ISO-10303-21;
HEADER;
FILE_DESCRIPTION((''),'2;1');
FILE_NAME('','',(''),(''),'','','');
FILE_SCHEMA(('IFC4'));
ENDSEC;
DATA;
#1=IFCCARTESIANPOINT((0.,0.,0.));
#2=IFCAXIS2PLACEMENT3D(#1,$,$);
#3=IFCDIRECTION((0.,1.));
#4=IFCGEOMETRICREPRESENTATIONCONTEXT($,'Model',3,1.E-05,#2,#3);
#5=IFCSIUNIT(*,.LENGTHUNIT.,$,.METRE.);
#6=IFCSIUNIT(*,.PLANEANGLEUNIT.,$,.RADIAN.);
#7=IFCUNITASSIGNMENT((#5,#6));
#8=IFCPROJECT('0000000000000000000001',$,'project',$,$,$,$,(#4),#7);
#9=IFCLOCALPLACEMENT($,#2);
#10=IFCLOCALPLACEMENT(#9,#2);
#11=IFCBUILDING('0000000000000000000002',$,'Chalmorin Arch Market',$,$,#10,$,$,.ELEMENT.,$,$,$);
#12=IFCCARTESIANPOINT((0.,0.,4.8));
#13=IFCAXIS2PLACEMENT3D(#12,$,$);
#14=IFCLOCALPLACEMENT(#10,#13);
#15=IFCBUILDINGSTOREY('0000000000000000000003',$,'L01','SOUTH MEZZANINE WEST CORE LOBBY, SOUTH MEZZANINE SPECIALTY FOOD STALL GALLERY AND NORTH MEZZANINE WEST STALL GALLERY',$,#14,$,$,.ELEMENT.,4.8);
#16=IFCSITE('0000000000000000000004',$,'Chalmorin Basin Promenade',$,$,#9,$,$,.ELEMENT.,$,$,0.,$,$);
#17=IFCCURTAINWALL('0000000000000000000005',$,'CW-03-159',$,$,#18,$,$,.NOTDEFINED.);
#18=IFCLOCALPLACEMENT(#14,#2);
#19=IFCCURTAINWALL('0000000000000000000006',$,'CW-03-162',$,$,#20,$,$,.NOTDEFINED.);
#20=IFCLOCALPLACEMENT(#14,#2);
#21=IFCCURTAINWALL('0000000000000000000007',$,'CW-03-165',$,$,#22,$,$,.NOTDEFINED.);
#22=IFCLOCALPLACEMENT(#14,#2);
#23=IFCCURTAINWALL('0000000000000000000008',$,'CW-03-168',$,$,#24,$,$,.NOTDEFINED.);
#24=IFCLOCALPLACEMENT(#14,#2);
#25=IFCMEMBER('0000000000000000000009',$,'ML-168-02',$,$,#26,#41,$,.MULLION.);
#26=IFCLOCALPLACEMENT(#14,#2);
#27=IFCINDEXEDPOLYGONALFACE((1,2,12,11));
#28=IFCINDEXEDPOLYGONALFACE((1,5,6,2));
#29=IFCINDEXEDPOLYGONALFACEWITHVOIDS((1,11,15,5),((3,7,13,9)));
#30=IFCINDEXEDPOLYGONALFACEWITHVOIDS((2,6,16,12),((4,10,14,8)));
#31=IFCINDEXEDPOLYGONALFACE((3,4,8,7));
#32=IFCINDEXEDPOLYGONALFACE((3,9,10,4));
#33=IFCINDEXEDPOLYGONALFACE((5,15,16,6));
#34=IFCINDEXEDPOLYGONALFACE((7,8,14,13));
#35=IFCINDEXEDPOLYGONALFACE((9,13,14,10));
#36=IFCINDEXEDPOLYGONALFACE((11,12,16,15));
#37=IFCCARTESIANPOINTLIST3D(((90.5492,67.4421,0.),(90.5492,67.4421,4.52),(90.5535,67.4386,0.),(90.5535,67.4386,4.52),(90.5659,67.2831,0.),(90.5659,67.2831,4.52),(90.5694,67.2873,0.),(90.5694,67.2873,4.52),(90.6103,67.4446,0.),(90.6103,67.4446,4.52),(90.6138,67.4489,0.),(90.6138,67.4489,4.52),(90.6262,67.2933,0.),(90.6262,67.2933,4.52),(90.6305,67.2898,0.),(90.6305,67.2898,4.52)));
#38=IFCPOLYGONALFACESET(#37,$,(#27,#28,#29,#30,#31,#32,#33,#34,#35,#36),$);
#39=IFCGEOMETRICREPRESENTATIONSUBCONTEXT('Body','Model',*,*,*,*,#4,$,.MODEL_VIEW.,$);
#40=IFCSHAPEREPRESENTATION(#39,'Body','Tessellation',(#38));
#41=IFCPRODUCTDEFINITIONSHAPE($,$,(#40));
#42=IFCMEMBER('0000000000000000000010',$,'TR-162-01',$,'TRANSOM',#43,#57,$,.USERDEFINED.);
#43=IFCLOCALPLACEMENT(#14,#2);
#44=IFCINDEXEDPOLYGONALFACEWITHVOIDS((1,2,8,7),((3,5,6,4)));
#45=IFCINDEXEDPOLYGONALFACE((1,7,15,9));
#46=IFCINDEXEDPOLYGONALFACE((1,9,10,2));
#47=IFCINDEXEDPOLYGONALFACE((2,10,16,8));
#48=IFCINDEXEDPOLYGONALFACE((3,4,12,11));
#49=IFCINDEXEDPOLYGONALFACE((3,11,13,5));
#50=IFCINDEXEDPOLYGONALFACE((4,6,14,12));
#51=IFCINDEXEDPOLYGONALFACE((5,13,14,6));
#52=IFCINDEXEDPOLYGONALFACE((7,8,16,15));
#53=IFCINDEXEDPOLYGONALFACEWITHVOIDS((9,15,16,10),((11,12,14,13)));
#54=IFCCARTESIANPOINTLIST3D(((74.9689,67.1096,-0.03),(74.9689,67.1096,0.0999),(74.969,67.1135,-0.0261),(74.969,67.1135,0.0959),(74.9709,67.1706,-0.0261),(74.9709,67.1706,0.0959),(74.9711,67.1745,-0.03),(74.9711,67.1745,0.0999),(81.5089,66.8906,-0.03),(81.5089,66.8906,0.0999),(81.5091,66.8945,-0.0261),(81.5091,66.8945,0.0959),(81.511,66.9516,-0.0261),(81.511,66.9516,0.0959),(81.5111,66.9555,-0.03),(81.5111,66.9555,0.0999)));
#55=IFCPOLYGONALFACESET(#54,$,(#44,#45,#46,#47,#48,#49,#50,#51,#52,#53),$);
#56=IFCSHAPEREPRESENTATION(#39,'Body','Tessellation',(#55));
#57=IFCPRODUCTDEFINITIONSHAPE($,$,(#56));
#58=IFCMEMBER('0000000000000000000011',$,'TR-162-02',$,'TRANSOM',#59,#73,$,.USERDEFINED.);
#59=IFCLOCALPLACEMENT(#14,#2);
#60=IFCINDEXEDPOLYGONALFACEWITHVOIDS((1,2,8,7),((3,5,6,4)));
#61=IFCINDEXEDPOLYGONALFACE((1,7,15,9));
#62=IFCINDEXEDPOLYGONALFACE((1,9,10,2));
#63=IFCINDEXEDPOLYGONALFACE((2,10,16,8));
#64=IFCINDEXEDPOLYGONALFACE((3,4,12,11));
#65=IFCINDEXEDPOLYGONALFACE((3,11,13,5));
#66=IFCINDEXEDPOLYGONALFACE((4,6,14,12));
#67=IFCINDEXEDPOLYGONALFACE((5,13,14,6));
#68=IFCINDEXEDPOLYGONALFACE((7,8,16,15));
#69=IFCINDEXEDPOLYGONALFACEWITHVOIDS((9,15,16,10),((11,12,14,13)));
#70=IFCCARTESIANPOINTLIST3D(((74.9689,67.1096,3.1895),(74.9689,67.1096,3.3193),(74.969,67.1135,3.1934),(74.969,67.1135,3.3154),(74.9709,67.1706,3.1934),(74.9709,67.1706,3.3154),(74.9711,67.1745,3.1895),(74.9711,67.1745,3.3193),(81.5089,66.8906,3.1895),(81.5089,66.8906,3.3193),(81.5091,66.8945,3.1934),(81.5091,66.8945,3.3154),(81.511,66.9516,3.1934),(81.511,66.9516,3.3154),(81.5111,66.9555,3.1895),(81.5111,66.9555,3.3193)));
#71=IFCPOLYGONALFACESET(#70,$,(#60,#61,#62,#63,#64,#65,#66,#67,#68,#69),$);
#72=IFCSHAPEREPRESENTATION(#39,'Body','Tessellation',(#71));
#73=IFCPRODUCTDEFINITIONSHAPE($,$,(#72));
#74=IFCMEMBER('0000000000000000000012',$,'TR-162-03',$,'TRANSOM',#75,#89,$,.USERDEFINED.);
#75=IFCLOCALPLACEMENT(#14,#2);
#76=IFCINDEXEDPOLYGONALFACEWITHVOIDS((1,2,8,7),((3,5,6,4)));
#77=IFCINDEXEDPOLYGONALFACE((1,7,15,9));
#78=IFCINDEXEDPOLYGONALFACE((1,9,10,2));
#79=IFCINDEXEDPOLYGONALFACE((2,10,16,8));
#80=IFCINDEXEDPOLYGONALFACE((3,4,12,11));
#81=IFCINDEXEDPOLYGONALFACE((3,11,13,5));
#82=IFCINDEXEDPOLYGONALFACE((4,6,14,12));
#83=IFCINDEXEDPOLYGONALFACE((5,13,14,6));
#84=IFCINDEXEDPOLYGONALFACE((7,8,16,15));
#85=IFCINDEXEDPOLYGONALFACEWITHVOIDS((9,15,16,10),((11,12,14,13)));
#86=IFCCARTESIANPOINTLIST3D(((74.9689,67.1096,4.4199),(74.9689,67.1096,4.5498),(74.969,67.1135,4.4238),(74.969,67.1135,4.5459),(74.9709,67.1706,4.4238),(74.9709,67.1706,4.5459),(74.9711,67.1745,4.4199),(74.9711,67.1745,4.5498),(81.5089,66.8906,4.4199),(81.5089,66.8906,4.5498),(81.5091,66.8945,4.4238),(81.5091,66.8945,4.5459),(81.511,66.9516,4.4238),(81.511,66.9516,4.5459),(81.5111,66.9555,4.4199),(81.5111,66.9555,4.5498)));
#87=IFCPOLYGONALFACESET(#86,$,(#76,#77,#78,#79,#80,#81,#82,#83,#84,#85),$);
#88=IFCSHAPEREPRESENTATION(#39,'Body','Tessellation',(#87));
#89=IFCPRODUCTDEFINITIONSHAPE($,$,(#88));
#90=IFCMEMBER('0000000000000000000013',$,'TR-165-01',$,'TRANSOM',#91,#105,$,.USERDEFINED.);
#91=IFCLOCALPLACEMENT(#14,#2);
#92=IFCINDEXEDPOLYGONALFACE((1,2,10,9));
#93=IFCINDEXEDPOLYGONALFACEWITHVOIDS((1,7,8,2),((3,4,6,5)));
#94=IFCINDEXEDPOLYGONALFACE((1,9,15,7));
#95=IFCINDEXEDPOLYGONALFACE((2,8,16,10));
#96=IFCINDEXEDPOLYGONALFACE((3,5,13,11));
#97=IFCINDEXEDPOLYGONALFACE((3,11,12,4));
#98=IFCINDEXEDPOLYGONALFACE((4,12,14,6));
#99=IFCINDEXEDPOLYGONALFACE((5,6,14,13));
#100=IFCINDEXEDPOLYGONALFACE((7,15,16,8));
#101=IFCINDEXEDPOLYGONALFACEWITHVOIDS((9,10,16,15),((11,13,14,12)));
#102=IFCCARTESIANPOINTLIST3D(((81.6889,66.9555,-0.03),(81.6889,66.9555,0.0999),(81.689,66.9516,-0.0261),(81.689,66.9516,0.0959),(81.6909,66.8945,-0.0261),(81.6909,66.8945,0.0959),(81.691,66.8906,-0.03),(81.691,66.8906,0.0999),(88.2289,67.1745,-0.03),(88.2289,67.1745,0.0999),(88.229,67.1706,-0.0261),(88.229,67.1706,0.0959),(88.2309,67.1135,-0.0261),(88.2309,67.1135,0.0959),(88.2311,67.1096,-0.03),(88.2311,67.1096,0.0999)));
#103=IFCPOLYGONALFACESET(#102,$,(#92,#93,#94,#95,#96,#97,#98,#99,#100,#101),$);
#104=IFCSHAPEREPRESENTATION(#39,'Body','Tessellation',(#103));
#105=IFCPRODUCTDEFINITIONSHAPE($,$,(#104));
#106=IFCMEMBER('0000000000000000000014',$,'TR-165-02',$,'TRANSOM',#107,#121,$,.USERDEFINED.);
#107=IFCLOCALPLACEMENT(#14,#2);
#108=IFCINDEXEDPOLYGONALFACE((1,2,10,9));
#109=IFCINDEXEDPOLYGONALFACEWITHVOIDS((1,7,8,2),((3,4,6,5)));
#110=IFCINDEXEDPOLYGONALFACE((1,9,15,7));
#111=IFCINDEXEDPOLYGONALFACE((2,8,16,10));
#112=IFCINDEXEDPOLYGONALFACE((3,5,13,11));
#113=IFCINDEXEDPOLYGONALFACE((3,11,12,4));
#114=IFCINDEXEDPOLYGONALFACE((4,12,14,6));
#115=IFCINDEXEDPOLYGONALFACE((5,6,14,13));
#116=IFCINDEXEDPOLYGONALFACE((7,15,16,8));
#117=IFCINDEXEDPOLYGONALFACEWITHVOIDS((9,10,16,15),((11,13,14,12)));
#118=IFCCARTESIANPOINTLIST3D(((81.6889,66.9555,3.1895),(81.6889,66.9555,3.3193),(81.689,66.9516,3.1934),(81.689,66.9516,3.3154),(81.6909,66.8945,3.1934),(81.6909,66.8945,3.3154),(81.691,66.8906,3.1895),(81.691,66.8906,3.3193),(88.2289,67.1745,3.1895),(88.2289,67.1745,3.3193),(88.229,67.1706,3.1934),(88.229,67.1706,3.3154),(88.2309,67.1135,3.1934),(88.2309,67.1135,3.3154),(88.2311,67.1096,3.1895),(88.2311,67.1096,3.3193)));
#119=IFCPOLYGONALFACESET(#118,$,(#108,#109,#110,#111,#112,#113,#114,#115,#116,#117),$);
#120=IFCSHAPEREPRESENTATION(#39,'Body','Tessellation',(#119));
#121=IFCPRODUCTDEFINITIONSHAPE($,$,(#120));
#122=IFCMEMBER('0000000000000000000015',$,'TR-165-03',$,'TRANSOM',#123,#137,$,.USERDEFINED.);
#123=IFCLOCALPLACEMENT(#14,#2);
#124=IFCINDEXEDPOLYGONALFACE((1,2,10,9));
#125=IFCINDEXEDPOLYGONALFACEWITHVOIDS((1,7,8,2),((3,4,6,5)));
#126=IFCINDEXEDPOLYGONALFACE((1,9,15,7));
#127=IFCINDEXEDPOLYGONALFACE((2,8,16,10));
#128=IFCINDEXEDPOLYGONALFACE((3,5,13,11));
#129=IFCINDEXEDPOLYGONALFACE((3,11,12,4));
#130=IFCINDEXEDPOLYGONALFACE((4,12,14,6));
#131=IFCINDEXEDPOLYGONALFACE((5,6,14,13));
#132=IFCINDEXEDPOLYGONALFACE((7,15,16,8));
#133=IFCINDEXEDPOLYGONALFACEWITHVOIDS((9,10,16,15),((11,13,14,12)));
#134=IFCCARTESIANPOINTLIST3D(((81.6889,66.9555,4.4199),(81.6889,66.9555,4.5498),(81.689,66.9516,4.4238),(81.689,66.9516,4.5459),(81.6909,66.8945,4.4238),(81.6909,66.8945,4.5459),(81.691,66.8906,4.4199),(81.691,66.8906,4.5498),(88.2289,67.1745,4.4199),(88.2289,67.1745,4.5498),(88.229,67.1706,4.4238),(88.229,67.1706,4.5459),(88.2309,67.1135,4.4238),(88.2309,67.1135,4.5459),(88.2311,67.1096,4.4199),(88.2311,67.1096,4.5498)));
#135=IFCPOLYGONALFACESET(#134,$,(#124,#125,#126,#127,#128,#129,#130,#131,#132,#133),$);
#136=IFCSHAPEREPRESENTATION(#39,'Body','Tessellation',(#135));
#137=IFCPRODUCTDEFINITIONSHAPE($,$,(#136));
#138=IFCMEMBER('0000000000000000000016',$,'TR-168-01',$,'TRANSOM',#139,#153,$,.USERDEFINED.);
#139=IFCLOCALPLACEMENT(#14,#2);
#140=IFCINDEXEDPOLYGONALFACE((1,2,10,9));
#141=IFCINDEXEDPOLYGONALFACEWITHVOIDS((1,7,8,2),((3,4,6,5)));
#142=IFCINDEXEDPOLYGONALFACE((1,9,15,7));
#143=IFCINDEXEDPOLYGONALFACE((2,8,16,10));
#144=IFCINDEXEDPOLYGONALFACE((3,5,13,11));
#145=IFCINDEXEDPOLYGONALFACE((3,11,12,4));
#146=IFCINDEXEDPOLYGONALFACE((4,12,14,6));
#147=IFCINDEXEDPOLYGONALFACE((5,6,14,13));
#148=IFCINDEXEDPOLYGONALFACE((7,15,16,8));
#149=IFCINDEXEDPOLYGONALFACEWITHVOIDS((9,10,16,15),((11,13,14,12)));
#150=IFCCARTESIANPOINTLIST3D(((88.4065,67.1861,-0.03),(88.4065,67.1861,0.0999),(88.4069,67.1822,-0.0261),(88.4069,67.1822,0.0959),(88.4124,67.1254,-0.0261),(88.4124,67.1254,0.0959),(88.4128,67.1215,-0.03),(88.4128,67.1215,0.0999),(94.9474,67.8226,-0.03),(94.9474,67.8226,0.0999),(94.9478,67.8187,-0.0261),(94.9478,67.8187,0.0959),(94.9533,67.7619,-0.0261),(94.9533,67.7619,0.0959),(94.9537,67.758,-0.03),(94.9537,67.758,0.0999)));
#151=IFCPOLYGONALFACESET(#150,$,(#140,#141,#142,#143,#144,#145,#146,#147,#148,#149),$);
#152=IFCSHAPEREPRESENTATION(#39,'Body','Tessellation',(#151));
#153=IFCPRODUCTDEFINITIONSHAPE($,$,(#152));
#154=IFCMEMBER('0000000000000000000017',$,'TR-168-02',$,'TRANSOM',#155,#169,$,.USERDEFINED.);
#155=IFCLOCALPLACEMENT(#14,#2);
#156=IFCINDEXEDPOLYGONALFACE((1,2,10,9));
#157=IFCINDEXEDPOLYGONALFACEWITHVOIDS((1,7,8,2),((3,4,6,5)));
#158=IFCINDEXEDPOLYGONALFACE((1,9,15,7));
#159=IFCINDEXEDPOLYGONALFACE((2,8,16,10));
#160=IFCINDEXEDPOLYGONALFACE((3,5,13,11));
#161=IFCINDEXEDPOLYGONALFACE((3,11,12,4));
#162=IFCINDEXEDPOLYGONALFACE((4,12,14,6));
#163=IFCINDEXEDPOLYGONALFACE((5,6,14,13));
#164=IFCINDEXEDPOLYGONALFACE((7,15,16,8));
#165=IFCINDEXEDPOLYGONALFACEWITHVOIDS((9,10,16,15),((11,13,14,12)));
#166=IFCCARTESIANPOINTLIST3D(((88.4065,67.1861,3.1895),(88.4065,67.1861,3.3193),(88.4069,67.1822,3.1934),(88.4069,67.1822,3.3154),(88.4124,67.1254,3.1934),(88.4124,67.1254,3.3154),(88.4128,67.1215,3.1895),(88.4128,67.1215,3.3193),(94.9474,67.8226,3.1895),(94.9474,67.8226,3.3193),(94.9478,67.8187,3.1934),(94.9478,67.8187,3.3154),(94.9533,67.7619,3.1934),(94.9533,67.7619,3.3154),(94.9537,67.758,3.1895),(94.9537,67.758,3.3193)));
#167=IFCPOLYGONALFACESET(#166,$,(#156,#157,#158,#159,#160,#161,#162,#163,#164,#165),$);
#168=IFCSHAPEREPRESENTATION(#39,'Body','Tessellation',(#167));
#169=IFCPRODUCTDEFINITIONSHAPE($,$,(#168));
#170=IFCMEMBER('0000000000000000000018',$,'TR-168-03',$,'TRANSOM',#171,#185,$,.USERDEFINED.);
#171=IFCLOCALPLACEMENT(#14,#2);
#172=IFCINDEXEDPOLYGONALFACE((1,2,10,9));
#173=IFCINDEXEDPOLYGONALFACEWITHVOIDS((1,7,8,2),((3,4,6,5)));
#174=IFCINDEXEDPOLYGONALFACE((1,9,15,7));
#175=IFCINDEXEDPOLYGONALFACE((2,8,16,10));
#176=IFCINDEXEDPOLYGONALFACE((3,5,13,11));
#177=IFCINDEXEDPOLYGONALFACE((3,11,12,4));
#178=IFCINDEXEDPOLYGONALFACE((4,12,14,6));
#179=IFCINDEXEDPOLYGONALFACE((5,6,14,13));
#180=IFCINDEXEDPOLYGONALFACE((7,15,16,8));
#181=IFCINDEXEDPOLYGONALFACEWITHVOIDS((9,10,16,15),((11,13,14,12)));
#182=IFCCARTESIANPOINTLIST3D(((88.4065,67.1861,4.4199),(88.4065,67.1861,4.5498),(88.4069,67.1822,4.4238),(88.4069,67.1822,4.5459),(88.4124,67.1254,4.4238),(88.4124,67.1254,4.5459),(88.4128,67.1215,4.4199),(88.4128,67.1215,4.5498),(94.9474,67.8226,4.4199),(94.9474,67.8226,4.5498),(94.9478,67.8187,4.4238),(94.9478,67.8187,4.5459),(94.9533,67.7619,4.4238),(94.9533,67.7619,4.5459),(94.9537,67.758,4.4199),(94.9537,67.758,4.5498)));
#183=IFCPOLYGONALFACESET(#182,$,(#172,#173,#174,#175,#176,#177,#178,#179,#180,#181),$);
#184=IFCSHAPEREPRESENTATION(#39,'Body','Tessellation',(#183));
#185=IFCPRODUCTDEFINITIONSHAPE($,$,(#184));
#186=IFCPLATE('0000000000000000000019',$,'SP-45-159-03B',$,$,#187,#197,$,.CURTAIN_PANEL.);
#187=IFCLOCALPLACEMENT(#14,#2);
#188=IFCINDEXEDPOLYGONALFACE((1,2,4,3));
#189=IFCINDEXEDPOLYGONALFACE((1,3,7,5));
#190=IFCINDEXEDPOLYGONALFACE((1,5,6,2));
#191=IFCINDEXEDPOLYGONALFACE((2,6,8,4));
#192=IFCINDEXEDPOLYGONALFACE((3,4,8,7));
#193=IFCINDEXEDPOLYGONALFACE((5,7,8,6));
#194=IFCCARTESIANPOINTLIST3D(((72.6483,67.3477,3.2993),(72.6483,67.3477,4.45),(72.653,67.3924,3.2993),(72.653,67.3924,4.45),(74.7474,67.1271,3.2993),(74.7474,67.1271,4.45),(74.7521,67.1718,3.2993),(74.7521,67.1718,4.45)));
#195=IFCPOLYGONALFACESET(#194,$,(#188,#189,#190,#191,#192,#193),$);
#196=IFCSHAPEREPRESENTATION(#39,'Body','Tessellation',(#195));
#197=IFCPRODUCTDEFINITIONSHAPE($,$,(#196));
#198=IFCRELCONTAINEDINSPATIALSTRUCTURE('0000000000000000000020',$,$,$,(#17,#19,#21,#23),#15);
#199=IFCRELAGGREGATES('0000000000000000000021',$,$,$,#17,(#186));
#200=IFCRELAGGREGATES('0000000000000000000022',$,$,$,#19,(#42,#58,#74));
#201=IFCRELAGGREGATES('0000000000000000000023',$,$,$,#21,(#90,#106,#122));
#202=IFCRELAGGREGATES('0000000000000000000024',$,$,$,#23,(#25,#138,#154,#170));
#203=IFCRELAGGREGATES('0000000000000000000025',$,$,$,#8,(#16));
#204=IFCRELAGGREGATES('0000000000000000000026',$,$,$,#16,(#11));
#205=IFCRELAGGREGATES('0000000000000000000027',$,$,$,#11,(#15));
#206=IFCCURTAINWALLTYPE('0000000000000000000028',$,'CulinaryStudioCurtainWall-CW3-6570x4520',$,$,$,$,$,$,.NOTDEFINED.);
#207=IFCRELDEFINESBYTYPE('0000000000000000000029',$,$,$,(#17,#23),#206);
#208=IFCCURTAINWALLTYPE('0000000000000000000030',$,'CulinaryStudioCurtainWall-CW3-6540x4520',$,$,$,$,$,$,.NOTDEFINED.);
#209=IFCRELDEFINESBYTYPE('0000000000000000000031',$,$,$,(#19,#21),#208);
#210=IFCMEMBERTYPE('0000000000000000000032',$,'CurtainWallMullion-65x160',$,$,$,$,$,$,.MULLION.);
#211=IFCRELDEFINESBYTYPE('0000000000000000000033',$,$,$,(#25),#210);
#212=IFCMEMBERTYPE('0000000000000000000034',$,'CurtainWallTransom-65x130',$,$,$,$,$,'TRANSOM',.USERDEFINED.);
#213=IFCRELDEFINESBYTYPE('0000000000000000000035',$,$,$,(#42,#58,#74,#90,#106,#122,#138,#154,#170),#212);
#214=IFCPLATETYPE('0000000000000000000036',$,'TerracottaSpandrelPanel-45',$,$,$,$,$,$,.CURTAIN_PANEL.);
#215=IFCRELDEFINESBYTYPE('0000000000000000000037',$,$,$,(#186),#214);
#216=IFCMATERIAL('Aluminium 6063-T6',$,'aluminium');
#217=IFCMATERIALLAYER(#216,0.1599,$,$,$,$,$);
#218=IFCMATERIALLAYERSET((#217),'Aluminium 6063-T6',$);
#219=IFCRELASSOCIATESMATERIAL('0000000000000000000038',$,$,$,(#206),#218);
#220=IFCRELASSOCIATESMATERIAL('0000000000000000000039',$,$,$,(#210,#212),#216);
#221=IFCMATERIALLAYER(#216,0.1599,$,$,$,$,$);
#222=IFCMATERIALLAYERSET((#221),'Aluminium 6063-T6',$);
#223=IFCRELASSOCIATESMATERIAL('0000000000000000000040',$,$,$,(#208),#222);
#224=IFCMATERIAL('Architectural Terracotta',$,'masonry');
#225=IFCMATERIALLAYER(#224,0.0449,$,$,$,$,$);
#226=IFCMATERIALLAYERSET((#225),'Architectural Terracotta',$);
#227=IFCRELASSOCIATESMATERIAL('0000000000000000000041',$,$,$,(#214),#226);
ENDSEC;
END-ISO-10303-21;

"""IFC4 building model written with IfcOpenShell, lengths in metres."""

from ifc_helpers import new_model, si_unit, direction, frame, origin, origin_2d, place, context, subcontext, project, spatial, rectangle, hollow_rectangle, extrude, material, layer, layer_set, material_profile, profile_set, type_object, element, aggregate, save


model = new_model("IFC4")

# Units and contexts
model_context = context("Model", 3, precision=1e-05, world=origin(), true_north=direction((0.0, 1.0)))
body_context = subcontext(model_context, "Body", "Model", "MODEL_VIEW")
ifc_project = project(units=[si_unit("LENGTHUNIT", "METRE"), si_unit("PLANEANGLEUNIT", "RADIAN")], contexts=[model_context])

# Site, building, storey
site_placement = place(None, origin())
site = spatial("IfcSite", under=ifc_project, at=site_placement, Name="Chalmorin Basin Promenade", CompositionType="ELEMENT", RefElevation=0.0)
building_placement = place(site_placement, origin())
building = spatial("IfcBuilding", under=site, at=building_placement, Name="Chalmorin Arch Market", CompositionType="ELEMENT")
storey_placement = place(building_placement, frame((0.0, 0.0, 4.8)))
storey = spatial("IfcBuildingStorey", under=building, at=storey_placement, Name="L01", Description="SOUTH MEZZANINE WEST CORE LOBBY, SOUTH MEZZANINE SPECIALTY FOOD STALL GALLERY AND NORTH MEZZANINE WEST STALL GALLERY", CompositionType="ELEMENT", Elevation=4.8)

# Curtain walls, member
ifc_material_1 = material(Name="Aluminium 6063-T6", Category="aluminium")
ifc_layer_1 = layer(ifc_material_1, 0.1599)
ifc_layer_set_1 = layer_set([ifc_layer_1], Name="Aluminium 6063-T6")
curtain_wall_type_1 = type_object("IfcCurtainWallType", Name="CulinaryStudioCurtainWall-CW3-6570x4520", PredefinedType="NOTDEFINED", material=ifc_layer_set_1)
curtain_wall_1_placement = place(storey_placement, origin())
curtain_wall_1 = element("IfcCurtainWall", 1, at=curtain_wall_1_placement, inside=storey, type_object=curtain_wall_type_1, Name="CW-03-159", PredefinedType="NOTDEFINED")
ifc_material_profile_1 = material_profile(ifc_material_1, hollow_rectangle(XDim=0.0649, YDim=0.1599, WallThickness=0.0039, at=origin_2d()), Name="ALU65X160X4")
ifc_profile_set_1 = profile_set([ifc_material_profile_1], Name="Aluminium 6063-T6")
member_type_1 = type_object("IfcMemberType", Name="CurtainWallMullion-65x160", PredefinedType="MULLION", material=ifc_profile_set_1)
ifc_layer_2 = layer(ifc_material_1, 0.1599)
ifc_layer_set_2 = layer_set([ifc_layer_2], Name="Aluminium 6063-T6")
curtain_wall_type_2 = type_object("IfcCurtainWallType", Name="CulinaryStudioCurtainWall-CW3-6540x4520", PredefinedType="NOTDEFINED", material=ifc_layer_set_2)
curtain_wall_2_placement = place(storey_placement, origin())
curtain_wall_2 = element("IfcCurtainWall", 2, at=curtain_wall_2_placement, inside=storey, type_object=curtain_wall_type_2, Name="CW-03-162", PredefinedType="NOTDEFINED")
curtain_wall_3_placement = place(storey_placement, origin())
curtain_wall_3 = element("IfcCurtainWall", 3, at=curtain_wall_3_placement, inside=storey, type_object=curtain_wall_type_2, Name="CW-03-165", PredefinedType="NOTDEFINED")
curtain_wall_4_placement = place(storey_placement, origin())
curtain_wall_4 = element("IfcCurtainWall", 4, at=curtain_wall_4_placement, inside=storey, type_object=curtain_wall_type_1, Name="CW-03-168", PredefinedType="NOTDEFINED")
member_1_placement = place(storey_placement, frame((90.5898, 67.366, 0.0), z_axis=(0.0, 0.0, 1.0), x_axis=(0.994522, 0.104528, 0.0)))
member_1 = element("IfcMember", 5, at=member_1_placement, type_object=member_type_1, Name="ML-168-02", PredefinedType="MULLION", context=body_context, shape_type="SweptSolid", body=[
    extrude(hollow_rectangle(XDim=0.0649, YDim=0.1599, WallThickness=0.0039, at=origin_2d()), origin(), (0.0, 0.0, 1.0), 4.52),
])

# Members
ifc_material_profile_2 = material_profile(ifc_material_1, hollow_rectangle(XDim=0.0649, YDim=0.1299, WallThickness=0.0039, at=origin_2d()), Name="ALU65X130X4")
ifc_profile_set_2 = profile_set([ifc_material_profile_2], Name="Aluminium 6063-T6")
member_type_2 = type_object("IfcMemberType", Name="CurtainWallTransom-65x130", ElementType="TRANSOM", PredefinedType="USERDEFINED", material=ifc_profile_set_2)
member_2_placement = place(storey_placement, frame((74.97, 67.1421, 0.0349), z_axis=(0.99944, -0.033466, 0.0), x_axis=(0.033466, 0.99944, 0.0)))
member_2 = element("IfcMember", 6, at=member_2_placement, type_object=member_type_2, Name="TR-162-01", ObjectType="TRANSOM", PredefinedType="USERDEFINED", context=body_context, shape_type="SweptSolid", body=[
    extrude(hollow_rectangle(XDim=0.0649, YDim=0.1299, WallThickness=0.0039, at=origin_2d()), origin(), (0.0, 0.0, 1.0), 6.5437),
])
member_3_placement = place(storey_placement, frame((74.97, 67.1421, 3.2544), z_axis=(0.99944, -0.033466, 0.0), x_axis=(0.033466, 0.99944, 0.0)))
member_3 = element("IfcMember", 7, at=member_3_placement, type_object=member_type_2, Name="TR-162-02", ObjectType="TRANSOM", PredefinedType="USERDEFINED", context=body_context, shape_type="SweptSolid", body=[
    extrude(hollow_rectangle(XDim=0.0649, YDim=0.1299, WallThickness=0.0039, at=origin_2d()), origin(), (0.0, 0.0, 1.0), 6.5437),
])
member_4_placement = place(storey_placement, frame((74.97, 67.1421, 4.4849), z_axis=(0.99944, -0.033466, 0.0), x_axis=(0.033466, 0.99944, 0.0)))
member_4 = element("IfcMember", 8, at=member_4_placement, type_object=member_type_2, Name="TR-162-03", ObjectType="TRANSOM", PredefinedType="USERDEFINED", context=body_context, shape_type="SweptSolid", body=[
    extrude(hollow_rectangle(XDim=0.0649, YDim=0.1299, WallThickness=0.0039, at=origin_2d()), origin(), (0.0, 0.0, 1.0), 6.5437),
])
member_5_placement = place(storey_placement, frame((81.6899, 66.9231, 0.0349), z_axis=(0.99944, 0.033466, 0.0), x_axis=(-0.033466, 0.99944, 0.0)))
member_5 = element("IfcMember", 9, at=member_5_placement, type_object=member_type_2, Name="TR-165-01", ObjectType="TRANSOM", PredefinedType="USERDEFINED", context=body_context, shape_type="SweptSolid", body=[
    extrude(hollow_rectangle(XDim=0.0649, YDim=0.1299, WallThickness=0.0039, at=origin_2d()), origin(), (0.0, 0.0, 1.0), 6.5437),
])
member_6_placement = place(storey_placement, frame((81.6899, 66.9231, 3.2544), z_axis=(0.99944, 0.033466, 0.0), x_axis=(-0.033466, 0.99944, 0.0)))
member_6 = element("IfcMember", 10, at=member_6_placement, type_object=member_type_2, Name="TR-165-02", ObjectType="TRANSOM", PredefinedType="USERDEFINED", context=body_context, shape_type="SweptSolid", body=[
    extrude(hollow_rectangle(XDim=0.0649, YDim=0.1299, WallThickness=0.0039, at=origin_2d()), origin(), (0.0, 0.0, 1.0), 6.5437),
])
member_7_placement = place(storey_placement, frame((81.6899, 66.9231, 4.4849), z_axis=(0.99944, 0.033466, 0.0), x_axis=(-0.033466, 0.99944, 0.0)))
member_7 = element("IfcMember", 11, at=member_7_placement, type_object=member_type_2, Name="TR-165-03", ObjectType="TRANSOM", PredefinedType="USERDEFINED", context=body_context, shape_type="SweptSolid", body=[
    extrude(hollow_rectangle(XDim=0.0649, YDim=0.1299, WallThickness=0.0039, at=origin_2d()), origin(), (0.0, 0.0, 1.0), 6.5437),
])
member_8_placement = place(storey_placement, frame((88.4097, 67.1538, 0.0349), z_axis=(0.995299, 0.096851, 0.0), x_axis=(-0.096851, 0.995299, 0.0)))
member_8 = element("IfcMember", 12, at=member_8_placement, type_object=member_type_2, Name="TR-168-01", ObjectType="TRANSOM", PredefinedType="USERDEFINED", context=body_context, shape_type="SweptSolid", body=[
    extrude(hollow_rectangle(XDim=0.0649, YDim=0.1299, WallThickness=0.0039, at=origin_2d()), origin(), (0.0, 0.0, 1.0), 6.5718),
])
member_9_placement = place(storey_placement, frame((88.4097, 67.1538, 3.2544), z_axis=(0.995299, 0.096851, 0.0), x_axis=(-0.096851, 0.995299, 0.0)))
member_9 = element("IfcMember", 13, at=member_9_placement, type_object=member_type_2, Name="TR-168-02", ObjectType="TRANSOM", PredefinedType="USERDEFINED", context=body_context, shape_type="SweptSolid", body=[
    extrude(hollow_rectangle(XDim=0.0649, YDim=0.1299, WallThickness=0.0039, at=origin_2d()), origin(), (0.0, 0.0, 1.0), 6.5718),
])
member_10_placement = place(storey_placement, frame((88.4097, 67.1538, 4.4849), z_axis=(0.995299, 0.096851, 0.0), x_axis=(-0.096851, 0.995299, 0.0)))
member_10 = element("IfcMember", 14, at=member_10_placement, type_object=member_type_2, Name="TR-168-03", ObjectType="TRANSOM", PredefinedType="USERDEFINED", context=body_context, shape_type="SweptSolid", body=[
    extrude(hollow_rectangle(XDim=0.0649, YDim=0.1299, WallThickness=0.0039, at=origin_2d()), origin(), (0.0, 0.0, 1.0), 6.5718),
])

# Plate
ifc_material_2 = material(Name="Architectural Terracotta", Category="masonry")
ifc_layer_3 = layer(ifc_material_2, 0.0449)
ifc_layer_set_3 = layer_set([ifc_layer_3], Name="Architectural Terracotta")
plate_type_1 = type_object("IfcPlateType", Name="TerracottaSpandrelPanel-45", PredefinedType="CURTAIN_PANEL", material=ifc_layer_set_3)
plate_1_placement = place(storey_placement, frame((73.7002, 67.2598, 3.2993), z_axis=(0.0, 0.0, 1.0), x_axis=(0.994522, -0.104528, 0.0)))
plate_1 = element("IfcPlate", 15, at=plate_1_placement, type_object=plate_type_1, Name="SP-45-159-03B", PredefinedType="CURTAIN_PANEL", context=body_context, shape_type="SweptSolid", body=[
    extrude(rectangle(XDim=2.1106, YDim=0.0449, at=origin_2d()), origin(), (0.0, 0.0, 1.0), 1.1506),
])
aggregate(curtain_wall_1, [plate_1])
aggregate(curtain_wall_2, [member_2, member_3, member_4])
aggregate(curtain_wall_3, [member_5, member_6, member_7])
aggregate(curtain_wall_4, [member_1, member_8, member_9, member_10])

save(model, "model.ifc")
